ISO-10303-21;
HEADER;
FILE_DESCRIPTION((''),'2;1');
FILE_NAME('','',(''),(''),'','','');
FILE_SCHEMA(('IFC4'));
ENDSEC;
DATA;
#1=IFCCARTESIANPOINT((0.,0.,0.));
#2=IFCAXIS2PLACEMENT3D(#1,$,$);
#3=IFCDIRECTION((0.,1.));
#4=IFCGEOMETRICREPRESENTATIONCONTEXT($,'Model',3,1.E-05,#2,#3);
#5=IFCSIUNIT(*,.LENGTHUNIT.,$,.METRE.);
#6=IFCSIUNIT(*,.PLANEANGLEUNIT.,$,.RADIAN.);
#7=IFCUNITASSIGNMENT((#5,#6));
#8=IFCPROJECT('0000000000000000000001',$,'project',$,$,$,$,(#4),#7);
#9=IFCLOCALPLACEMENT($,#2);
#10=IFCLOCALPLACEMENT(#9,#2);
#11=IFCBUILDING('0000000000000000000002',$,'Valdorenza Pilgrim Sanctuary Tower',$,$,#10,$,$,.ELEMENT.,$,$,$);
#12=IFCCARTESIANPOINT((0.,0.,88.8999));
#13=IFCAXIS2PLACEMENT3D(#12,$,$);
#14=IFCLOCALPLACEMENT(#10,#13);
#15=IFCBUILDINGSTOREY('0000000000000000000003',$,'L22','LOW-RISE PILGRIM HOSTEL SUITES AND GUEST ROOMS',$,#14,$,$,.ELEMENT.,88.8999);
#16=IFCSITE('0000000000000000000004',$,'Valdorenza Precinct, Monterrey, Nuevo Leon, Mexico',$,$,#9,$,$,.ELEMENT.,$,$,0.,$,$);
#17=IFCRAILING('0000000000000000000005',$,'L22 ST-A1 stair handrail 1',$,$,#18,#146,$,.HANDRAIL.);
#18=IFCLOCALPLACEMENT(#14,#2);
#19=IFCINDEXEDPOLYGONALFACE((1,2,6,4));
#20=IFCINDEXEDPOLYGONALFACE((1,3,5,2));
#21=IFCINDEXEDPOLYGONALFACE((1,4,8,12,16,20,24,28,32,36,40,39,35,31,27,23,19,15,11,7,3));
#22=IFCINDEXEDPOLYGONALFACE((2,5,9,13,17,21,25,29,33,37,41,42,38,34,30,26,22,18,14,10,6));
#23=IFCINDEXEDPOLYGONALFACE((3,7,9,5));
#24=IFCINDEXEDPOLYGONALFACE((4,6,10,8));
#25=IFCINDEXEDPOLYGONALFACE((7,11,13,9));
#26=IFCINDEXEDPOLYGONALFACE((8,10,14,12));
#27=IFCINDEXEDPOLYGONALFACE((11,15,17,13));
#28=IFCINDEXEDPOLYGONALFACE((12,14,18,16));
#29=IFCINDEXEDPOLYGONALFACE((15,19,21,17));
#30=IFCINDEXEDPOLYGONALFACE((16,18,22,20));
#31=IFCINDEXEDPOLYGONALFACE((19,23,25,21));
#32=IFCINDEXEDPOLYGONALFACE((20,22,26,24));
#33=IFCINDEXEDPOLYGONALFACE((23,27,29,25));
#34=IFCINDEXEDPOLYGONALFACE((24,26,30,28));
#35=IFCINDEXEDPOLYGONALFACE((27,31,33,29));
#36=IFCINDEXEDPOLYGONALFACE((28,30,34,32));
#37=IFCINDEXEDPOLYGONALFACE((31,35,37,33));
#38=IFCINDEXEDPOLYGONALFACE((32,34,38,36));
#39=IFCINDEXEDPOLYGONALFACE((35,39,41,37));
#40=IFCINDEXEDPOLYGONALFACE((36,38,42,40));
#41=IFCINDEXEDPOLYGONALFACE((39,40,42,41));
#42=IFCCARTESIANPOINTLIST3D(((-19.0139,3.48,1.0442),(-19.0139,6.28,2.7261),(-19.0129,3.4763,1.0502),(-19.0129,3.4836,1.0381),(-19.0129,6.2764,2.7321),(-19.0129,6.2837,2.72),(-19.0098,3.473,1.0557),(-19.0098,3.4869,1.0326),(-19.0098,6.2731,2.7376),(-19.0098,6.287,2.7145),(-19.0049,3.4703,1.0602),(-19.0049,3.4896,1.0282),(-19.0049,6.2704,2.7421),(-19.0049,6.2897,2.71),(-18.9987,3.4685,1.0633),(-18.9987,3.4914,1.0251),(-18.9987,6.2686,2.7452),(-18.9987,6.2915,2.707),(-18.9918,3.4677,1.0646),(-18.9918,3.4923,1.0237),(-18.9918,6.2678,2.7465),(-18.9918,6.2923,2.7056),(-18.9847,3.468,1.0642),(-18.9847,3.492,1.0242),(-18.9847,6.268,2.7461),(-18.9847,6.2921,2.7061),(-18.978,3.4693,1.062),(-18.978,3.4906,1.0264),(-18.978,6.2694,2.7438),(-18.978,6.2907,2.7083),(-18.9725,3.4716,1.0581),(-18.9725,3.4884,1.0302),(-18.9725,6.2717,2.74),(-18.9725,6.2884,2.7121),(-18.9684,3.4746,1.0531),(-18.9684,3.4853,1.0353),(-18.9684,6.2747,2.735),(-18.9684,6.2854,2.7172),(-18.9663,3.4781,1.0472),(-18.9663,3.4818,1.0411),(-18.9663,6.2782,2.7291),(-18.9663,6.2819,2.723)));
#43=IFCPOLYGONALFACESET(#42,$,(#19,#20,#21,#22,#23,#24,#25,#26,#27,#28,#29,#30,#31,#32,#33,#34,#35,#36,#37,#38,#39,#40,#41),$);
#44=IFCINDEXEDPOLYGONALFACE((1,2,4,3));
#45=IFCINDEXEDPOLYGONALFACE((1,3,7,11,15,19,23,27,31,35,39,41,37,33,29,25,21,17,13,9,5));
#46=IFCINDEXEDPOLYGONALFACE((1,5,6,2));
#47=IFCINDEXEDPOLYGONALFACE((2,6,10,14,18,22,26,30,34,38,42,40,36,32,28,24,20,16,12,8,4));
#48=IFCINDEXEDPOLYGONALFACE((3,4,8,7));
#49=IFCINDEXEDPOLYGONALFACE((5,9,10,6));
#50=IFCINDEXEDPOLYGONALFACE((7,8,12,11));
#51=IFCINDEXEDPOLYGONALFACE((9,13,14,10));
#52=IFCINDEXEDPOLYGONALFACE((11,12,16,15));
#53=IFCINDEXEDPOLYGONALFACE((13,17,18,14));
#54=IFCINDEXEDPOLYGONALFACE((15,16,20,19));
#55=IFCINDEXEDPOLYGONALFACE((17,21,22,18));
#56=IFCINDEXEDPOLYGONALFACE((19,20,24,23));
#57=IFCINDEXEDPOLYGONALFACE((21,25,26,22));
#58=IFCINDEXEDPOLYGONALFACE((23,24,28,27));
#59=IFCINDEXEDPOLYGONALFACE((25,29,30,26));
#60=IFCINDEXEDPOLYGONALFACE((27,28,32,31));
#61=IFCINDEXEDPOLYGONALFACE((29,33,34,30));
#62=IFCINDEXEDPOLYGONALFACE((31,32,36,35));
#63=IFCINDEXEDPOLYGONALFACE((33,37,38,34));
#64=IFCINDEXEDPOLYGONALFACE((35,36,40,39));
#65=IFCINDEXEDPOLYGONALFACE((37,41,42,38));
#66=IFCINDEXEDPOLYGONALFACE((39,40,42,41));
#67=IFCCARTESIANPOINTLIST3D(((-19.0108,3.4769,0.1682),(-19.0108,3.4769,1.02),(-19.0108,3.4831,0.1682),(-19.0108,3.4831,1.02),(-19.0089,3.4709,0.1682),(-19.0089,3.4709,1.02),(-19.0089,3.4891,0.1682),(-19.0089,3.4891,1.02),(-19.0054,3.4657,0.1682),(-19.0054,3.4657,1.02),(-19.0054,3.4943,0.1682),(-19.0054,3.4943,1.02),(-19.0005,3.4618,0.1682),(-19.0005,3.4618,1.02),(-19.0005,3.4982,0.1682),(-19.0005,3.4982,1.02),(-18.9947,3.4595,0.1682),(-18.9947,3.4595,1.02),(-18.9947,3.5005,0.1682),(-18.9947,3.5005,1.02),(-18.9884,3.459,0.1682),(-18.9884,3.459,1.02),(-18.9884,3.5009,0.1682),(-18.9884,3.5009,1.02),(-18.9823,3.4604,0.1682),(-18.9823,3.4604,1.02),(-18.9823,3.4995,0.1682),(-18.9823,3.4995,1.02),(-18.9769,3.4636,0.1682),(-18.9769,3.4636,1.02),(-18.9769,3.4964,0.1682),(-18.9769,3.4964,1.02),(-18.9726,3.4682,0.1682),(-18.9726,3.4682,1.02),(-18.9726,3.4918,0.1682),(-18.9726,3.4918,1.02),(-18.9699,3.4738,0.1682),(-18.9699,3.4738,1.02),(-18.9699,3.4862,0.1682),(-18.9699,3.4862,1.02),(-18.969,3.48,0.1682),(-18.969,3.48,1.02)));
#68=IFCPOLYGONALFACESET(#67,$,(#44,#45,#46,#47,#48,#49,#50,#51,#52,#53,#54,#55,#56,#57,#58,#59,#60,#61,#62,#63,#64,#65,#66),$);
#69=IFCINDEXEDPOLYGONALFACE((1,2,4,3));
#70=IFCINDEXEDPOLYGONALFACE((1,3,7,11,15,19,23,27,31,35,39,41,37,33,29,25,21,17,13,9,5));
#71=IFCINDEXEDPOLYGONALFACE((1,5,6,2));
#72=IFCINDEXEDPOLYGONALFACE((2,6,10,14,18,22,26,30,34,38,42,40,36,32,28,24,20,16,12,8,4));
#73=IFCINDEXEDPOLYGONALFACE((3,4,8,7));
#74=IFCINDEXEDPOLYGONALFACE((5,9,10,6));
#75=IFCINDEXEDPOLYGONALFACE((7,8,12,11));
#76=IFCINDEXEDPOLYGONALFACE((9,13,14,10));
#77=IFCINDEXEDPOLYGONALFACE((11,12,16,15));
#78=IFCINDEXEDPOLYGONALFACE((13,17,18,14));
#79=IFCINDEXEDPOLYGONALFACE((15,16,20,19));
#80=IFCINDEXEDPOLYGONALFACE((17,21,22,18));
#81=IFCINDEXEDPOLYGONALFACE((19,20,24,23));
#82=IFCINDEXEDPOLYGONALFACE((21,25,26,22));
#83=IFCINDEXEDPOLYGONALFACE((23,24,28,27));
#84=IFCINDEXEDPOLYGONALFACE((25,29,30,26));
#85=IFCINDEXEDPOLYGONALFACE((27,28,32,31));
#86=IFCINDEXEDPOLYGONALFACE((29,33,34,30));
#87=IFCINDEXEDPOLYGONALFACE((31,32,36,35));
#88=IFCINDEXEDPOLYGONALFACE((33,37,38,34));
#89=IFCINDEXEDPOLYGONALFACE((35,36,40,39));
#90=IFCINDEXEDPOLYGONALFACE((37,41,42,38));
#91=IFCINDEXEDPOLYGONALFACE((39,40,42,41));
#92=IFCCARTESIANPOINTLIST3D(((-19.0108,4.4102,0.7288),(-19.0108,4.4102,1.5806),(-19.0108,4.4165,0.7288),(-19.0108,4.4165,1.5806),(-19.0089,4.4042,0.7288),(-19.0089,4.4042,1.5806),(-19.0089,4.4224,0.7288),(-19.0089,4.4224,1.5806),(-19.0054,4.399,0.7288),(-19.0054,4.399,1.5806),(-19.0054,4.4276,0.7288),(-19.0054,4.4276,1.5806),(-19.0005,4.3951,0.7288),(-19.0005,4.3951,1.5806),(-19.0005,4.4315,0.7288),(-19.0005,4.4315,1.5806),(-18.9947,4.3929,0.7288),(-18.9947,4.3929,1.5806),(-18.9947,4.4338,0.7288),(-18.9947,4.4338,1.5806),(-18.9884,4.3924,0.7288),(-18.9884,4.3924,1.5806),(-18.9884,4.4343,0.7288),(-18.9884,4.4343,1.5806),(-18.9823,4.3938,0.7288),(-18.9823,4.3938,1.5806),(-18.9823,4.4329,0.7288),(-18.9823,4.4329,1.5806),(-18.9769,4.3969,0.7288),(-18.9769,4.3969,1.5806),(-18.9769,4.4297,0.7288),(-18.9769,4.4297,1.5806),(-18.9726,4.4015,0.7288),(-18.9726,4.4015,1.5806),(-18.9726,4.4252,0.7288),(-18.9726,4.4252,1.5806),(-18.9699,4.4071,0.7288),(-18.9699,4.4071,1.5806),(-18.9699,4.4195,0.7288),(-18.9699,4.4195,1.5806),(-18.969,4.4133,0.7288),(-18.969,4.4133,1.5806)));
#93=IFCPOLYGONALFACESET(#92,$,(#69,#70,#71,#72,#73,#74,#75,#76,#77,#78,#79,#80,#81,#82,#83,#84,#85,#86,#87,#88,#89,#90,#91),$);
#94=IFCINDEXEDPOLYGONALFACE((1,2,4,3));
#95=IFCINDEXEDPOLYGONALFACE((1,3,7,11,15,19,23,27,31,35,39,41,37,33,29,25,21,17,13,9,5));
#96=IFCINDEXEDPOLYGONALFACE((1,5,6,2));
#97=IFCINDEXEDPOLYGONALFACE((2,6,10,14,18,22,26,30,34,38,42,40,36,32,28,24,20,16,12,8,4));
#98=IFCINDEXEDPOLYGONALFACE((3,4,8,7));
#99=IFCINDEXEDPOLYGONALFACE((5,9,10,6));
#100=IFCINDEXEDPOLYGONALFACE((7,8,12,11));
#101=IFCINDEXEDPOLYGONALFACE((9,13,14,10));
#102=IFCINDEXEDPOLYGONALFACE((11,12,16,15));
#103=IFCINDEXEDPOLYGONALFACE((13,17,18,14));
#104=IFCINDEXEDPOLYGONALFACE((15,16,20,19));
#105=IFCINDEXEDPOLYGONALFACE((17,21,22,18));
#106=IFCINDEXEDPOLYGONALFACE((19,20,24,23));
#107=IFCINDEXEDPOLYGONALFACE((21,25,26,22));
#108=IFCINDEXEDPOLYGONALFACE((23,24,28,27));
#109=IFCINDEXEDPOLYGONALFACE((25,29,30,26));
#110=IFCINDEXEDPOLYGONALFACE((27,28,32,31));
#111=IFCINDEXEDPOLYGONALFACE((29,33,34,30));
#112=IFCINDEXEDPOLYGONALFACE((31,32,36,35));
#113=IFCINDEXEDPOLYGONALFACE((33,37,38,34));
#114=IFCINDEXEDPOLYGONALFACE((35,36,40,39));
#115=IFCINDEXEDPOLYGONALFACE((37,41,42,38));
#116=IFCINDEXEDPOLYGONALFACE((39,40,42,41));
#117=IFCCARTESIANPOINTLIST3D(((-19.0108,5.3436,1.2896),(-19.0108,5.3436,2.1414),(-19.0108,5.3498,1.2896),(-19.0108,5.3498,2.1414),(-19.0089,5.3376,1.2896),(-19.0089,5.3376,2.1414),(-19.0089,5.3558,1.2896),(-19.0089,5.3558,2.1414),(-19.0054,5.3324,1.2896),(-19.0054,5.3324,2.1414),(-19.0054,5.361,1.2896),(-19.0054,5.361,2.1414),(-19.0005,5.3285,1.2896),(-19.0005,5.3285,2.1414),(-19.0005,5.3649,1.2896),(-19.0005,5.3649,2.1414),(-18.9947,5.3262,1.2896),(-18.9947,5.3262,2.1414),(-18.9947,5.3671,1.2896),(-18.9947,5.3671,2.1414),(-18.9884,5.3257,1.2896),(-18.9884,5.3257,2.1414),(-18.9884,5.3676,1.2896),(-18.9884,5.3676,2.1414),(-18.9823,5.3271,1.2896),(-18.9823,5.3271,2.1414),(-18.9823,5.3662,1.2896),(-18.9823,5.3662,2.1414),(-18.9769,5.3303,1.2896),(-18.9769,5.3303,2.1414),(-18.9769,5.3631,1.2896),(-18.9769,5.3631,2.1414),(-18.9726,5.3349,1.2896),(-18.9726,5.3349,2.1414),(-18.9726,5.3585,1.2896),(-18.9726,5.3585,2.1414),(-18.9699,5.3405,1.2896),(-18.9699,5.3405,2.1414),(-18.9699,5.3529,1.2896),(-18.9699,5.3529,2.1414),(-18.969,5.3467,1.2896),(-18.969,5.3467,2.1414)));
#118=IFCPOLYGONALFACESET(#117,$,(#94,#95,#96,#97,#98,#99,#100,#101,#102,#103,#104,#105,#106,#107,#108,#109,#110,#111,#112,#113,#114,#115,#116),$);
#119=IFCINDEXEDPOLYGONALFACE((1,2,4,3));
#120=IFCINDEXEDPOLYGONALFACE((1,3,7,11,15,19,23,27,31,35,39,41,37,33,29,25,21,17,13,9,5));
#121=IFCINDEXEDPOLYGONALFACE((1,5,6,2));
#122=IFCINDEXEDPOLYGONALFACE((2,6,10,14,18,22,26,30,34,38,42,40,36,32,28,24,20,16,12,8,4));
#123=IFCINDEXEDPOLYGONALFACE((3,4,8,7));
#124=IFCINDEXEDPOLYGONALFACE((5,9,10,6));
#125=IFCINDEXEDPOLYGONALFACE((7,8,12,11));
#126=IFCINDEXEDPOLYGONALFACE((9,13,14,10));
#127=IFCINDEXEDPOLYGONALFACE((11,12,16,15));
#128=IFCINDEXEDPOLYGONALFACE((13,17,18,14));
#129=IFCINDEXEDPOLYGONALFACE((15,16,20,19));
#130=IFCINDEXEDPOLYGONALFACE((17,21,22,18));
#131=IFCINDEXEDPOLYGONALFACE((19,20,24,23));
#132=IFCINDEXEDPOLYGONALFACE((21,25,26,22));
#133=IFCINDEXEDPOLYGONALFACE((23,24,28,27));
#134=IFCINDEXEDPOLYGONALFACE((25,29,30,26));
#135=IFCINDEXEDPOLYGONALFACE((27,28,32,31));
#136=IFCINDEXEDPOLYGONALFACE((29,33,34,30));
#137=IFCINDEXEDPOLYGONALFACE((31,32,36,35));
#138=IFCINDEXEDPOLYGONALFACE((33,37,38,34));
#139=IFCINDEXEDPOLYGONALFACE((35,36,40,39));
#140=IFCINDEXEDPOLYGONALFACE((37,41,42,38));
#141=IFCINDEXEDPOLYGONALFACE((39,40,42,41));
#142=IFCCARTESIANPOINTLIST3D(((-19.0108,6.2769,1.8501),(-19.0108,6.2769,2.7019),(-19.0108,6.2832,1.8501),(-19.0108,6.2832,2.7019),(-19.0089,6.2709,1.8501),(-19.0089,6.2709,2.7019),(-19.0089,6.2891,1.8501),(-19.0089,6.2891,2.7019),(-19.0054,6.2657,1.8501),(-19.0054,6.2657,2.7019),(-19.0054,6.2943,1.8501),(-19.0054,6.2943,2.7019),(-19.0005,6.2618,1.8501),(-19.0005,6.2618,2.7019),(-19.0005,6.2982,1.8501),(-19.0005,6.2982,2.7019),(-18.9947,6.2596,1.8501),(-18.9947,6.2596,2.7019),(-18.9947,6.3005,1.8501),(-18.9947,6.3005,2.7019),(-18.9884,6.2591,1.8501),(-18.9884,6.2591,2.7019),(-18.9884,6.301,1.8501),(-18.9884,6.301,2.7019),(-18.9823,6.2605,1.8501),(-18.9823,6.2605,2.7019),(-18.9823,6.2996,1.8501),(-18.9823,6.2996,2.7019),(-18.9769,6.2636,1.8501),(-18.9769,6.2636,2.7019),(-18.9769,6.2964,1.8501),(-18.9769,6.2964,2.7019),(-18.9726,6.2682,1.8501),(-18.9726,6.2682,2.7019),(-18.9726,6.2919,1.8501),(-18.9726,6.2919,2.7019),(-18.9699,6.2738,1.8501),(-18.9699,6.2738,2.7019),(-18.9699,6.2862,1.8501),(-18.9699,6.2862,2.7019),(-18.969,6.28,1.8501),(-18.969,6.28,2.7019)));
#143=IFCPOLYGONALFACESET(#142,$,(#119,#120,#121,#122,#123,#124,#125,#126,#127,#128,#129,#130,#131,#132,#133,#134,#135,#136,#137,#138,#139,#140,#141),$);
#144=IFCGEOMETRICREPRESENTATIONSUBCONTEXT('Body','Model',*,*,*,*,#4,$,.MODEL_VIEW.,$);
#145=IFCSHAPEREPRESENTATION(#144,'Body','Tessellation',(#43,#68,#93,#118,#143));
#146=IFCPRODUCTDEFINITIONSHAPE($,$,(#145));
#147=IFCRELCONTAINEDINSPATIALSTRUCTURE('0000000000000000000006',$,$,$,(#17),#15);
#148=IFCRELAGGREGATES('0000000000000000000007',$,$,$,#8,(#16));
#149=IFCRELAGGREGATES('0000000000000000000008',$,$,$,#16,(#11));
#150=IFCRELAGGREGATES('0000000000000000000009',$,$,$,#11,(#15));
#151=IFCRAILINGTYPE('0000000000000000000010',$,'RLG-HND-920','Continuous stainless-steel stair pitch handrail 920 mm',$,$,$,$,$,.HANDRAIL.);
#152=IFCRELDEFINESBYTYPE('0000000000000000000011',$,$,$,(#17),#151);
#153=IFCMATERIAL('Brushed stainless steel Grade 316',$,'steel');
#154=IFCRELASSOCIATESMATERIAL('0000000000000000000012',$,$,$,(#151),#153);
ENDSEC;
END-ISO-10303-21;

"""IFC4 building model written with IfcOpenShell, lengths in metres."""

from ifc_helpers import new_model, si_unit, direction, frame, origin, origin_2d, place, context, subcontext, project, spatial, circle, extrude, material, type_object, element, save


model = new_model("IFC4")

# Units and contexts
model_context = context("Model", 3, precision=1e-05, world=origin(), true_north=direction((0.0, 1.0)))
body_context = subcontext(model_context, "Body", "Model", "MODEL_VIEW")
ifc_project = project(units=[si_unit("LENGTHUNIT", "METRE"), si_unit("PLANEANGLEUNIT", "RADIAN")], contexts=[model_context])

# Site, building, storey
site_placement = place(None, origin())
site = spatial("IfcSite", under=ifc_project, at=site_placement, Name="Valdorenza Precinct, Monterrey, Nuevo Leon, Mexico", CompositionType="ELEMENT", RefElevation=0.0)
building_placement = place(site_placement, origin())
building = spatial("IfcBuilding", under=site, at=building_placement, Name="Valdorenza Pilgrim Sanctuary Tower", CompositionType="ELEMENT")
storey_placement = place(building_placement, frame((0.0, 0.0, 88.8999)))
storey = spatial("IfcBuildingStorey", under=building, at=storey_placement, Name="L22", Description="LOW-RISE PILGRIM HOSTEL SUITES AND GUEST ROOMS", CompositionType="ELEMENT", Elevation=88.8999)

# Shared definitions
ifc_material_1 = material(Name="Brushed stainless steel Grade 316", Category="steel")

# Railing
railing_type_1 = type_object("IfcRailingType", Name="RLG-HND-920", Description="Continuous stainless-steel stair pitch handrail 920 mm", PredefinedType="HANDRAIL", material=ifc_material_1)
railing_1_placement = place(storey_placement, frame((-18.99, 3.48, 0.1682)))
element("IfcRailing", 1, at=railing_1_placement, inside=storey, type_object=railing_type_1, Name="L22 ST-A1 stair handrail 1", PredefinedType="HANDRAIL", context=body_context, shape_type="SweptSolid", body=[
    extrude(circle(Radius=0.0239, at=origin_2d()), frame((0.0, 0.0, 0.876), z_axis=(0.0, 0.857242, 0.514913), x_axis=(-1.0, 0.0, 0.0)), (0.0, 0.0, 1.0), 3.2664),
    extrude(circle(Radius=0.021, at=origin_2d()), origin(), (0.0, 0.0, 1.0), 0.8518),
    extrude(circle(Radius=0.021, at=origin_2d()), frame((0.0, 0.9333, 0.5605)), (0.0, 0.0, 1.0), 0.8518),
    extrude(circle(Radius=0.021, at=origin_2d()), frame((0.0, 1.8667, 1.1213)), (0.0, 0.0, 1.0), 0.8518),
    extrude(circle(Radius=0.021, at=origin_2d()), frame((0.0, 2.8, 1.6819)), (0.0, 0.0, 1.0), 0.8518),
])

save(model, "model.ifc")
